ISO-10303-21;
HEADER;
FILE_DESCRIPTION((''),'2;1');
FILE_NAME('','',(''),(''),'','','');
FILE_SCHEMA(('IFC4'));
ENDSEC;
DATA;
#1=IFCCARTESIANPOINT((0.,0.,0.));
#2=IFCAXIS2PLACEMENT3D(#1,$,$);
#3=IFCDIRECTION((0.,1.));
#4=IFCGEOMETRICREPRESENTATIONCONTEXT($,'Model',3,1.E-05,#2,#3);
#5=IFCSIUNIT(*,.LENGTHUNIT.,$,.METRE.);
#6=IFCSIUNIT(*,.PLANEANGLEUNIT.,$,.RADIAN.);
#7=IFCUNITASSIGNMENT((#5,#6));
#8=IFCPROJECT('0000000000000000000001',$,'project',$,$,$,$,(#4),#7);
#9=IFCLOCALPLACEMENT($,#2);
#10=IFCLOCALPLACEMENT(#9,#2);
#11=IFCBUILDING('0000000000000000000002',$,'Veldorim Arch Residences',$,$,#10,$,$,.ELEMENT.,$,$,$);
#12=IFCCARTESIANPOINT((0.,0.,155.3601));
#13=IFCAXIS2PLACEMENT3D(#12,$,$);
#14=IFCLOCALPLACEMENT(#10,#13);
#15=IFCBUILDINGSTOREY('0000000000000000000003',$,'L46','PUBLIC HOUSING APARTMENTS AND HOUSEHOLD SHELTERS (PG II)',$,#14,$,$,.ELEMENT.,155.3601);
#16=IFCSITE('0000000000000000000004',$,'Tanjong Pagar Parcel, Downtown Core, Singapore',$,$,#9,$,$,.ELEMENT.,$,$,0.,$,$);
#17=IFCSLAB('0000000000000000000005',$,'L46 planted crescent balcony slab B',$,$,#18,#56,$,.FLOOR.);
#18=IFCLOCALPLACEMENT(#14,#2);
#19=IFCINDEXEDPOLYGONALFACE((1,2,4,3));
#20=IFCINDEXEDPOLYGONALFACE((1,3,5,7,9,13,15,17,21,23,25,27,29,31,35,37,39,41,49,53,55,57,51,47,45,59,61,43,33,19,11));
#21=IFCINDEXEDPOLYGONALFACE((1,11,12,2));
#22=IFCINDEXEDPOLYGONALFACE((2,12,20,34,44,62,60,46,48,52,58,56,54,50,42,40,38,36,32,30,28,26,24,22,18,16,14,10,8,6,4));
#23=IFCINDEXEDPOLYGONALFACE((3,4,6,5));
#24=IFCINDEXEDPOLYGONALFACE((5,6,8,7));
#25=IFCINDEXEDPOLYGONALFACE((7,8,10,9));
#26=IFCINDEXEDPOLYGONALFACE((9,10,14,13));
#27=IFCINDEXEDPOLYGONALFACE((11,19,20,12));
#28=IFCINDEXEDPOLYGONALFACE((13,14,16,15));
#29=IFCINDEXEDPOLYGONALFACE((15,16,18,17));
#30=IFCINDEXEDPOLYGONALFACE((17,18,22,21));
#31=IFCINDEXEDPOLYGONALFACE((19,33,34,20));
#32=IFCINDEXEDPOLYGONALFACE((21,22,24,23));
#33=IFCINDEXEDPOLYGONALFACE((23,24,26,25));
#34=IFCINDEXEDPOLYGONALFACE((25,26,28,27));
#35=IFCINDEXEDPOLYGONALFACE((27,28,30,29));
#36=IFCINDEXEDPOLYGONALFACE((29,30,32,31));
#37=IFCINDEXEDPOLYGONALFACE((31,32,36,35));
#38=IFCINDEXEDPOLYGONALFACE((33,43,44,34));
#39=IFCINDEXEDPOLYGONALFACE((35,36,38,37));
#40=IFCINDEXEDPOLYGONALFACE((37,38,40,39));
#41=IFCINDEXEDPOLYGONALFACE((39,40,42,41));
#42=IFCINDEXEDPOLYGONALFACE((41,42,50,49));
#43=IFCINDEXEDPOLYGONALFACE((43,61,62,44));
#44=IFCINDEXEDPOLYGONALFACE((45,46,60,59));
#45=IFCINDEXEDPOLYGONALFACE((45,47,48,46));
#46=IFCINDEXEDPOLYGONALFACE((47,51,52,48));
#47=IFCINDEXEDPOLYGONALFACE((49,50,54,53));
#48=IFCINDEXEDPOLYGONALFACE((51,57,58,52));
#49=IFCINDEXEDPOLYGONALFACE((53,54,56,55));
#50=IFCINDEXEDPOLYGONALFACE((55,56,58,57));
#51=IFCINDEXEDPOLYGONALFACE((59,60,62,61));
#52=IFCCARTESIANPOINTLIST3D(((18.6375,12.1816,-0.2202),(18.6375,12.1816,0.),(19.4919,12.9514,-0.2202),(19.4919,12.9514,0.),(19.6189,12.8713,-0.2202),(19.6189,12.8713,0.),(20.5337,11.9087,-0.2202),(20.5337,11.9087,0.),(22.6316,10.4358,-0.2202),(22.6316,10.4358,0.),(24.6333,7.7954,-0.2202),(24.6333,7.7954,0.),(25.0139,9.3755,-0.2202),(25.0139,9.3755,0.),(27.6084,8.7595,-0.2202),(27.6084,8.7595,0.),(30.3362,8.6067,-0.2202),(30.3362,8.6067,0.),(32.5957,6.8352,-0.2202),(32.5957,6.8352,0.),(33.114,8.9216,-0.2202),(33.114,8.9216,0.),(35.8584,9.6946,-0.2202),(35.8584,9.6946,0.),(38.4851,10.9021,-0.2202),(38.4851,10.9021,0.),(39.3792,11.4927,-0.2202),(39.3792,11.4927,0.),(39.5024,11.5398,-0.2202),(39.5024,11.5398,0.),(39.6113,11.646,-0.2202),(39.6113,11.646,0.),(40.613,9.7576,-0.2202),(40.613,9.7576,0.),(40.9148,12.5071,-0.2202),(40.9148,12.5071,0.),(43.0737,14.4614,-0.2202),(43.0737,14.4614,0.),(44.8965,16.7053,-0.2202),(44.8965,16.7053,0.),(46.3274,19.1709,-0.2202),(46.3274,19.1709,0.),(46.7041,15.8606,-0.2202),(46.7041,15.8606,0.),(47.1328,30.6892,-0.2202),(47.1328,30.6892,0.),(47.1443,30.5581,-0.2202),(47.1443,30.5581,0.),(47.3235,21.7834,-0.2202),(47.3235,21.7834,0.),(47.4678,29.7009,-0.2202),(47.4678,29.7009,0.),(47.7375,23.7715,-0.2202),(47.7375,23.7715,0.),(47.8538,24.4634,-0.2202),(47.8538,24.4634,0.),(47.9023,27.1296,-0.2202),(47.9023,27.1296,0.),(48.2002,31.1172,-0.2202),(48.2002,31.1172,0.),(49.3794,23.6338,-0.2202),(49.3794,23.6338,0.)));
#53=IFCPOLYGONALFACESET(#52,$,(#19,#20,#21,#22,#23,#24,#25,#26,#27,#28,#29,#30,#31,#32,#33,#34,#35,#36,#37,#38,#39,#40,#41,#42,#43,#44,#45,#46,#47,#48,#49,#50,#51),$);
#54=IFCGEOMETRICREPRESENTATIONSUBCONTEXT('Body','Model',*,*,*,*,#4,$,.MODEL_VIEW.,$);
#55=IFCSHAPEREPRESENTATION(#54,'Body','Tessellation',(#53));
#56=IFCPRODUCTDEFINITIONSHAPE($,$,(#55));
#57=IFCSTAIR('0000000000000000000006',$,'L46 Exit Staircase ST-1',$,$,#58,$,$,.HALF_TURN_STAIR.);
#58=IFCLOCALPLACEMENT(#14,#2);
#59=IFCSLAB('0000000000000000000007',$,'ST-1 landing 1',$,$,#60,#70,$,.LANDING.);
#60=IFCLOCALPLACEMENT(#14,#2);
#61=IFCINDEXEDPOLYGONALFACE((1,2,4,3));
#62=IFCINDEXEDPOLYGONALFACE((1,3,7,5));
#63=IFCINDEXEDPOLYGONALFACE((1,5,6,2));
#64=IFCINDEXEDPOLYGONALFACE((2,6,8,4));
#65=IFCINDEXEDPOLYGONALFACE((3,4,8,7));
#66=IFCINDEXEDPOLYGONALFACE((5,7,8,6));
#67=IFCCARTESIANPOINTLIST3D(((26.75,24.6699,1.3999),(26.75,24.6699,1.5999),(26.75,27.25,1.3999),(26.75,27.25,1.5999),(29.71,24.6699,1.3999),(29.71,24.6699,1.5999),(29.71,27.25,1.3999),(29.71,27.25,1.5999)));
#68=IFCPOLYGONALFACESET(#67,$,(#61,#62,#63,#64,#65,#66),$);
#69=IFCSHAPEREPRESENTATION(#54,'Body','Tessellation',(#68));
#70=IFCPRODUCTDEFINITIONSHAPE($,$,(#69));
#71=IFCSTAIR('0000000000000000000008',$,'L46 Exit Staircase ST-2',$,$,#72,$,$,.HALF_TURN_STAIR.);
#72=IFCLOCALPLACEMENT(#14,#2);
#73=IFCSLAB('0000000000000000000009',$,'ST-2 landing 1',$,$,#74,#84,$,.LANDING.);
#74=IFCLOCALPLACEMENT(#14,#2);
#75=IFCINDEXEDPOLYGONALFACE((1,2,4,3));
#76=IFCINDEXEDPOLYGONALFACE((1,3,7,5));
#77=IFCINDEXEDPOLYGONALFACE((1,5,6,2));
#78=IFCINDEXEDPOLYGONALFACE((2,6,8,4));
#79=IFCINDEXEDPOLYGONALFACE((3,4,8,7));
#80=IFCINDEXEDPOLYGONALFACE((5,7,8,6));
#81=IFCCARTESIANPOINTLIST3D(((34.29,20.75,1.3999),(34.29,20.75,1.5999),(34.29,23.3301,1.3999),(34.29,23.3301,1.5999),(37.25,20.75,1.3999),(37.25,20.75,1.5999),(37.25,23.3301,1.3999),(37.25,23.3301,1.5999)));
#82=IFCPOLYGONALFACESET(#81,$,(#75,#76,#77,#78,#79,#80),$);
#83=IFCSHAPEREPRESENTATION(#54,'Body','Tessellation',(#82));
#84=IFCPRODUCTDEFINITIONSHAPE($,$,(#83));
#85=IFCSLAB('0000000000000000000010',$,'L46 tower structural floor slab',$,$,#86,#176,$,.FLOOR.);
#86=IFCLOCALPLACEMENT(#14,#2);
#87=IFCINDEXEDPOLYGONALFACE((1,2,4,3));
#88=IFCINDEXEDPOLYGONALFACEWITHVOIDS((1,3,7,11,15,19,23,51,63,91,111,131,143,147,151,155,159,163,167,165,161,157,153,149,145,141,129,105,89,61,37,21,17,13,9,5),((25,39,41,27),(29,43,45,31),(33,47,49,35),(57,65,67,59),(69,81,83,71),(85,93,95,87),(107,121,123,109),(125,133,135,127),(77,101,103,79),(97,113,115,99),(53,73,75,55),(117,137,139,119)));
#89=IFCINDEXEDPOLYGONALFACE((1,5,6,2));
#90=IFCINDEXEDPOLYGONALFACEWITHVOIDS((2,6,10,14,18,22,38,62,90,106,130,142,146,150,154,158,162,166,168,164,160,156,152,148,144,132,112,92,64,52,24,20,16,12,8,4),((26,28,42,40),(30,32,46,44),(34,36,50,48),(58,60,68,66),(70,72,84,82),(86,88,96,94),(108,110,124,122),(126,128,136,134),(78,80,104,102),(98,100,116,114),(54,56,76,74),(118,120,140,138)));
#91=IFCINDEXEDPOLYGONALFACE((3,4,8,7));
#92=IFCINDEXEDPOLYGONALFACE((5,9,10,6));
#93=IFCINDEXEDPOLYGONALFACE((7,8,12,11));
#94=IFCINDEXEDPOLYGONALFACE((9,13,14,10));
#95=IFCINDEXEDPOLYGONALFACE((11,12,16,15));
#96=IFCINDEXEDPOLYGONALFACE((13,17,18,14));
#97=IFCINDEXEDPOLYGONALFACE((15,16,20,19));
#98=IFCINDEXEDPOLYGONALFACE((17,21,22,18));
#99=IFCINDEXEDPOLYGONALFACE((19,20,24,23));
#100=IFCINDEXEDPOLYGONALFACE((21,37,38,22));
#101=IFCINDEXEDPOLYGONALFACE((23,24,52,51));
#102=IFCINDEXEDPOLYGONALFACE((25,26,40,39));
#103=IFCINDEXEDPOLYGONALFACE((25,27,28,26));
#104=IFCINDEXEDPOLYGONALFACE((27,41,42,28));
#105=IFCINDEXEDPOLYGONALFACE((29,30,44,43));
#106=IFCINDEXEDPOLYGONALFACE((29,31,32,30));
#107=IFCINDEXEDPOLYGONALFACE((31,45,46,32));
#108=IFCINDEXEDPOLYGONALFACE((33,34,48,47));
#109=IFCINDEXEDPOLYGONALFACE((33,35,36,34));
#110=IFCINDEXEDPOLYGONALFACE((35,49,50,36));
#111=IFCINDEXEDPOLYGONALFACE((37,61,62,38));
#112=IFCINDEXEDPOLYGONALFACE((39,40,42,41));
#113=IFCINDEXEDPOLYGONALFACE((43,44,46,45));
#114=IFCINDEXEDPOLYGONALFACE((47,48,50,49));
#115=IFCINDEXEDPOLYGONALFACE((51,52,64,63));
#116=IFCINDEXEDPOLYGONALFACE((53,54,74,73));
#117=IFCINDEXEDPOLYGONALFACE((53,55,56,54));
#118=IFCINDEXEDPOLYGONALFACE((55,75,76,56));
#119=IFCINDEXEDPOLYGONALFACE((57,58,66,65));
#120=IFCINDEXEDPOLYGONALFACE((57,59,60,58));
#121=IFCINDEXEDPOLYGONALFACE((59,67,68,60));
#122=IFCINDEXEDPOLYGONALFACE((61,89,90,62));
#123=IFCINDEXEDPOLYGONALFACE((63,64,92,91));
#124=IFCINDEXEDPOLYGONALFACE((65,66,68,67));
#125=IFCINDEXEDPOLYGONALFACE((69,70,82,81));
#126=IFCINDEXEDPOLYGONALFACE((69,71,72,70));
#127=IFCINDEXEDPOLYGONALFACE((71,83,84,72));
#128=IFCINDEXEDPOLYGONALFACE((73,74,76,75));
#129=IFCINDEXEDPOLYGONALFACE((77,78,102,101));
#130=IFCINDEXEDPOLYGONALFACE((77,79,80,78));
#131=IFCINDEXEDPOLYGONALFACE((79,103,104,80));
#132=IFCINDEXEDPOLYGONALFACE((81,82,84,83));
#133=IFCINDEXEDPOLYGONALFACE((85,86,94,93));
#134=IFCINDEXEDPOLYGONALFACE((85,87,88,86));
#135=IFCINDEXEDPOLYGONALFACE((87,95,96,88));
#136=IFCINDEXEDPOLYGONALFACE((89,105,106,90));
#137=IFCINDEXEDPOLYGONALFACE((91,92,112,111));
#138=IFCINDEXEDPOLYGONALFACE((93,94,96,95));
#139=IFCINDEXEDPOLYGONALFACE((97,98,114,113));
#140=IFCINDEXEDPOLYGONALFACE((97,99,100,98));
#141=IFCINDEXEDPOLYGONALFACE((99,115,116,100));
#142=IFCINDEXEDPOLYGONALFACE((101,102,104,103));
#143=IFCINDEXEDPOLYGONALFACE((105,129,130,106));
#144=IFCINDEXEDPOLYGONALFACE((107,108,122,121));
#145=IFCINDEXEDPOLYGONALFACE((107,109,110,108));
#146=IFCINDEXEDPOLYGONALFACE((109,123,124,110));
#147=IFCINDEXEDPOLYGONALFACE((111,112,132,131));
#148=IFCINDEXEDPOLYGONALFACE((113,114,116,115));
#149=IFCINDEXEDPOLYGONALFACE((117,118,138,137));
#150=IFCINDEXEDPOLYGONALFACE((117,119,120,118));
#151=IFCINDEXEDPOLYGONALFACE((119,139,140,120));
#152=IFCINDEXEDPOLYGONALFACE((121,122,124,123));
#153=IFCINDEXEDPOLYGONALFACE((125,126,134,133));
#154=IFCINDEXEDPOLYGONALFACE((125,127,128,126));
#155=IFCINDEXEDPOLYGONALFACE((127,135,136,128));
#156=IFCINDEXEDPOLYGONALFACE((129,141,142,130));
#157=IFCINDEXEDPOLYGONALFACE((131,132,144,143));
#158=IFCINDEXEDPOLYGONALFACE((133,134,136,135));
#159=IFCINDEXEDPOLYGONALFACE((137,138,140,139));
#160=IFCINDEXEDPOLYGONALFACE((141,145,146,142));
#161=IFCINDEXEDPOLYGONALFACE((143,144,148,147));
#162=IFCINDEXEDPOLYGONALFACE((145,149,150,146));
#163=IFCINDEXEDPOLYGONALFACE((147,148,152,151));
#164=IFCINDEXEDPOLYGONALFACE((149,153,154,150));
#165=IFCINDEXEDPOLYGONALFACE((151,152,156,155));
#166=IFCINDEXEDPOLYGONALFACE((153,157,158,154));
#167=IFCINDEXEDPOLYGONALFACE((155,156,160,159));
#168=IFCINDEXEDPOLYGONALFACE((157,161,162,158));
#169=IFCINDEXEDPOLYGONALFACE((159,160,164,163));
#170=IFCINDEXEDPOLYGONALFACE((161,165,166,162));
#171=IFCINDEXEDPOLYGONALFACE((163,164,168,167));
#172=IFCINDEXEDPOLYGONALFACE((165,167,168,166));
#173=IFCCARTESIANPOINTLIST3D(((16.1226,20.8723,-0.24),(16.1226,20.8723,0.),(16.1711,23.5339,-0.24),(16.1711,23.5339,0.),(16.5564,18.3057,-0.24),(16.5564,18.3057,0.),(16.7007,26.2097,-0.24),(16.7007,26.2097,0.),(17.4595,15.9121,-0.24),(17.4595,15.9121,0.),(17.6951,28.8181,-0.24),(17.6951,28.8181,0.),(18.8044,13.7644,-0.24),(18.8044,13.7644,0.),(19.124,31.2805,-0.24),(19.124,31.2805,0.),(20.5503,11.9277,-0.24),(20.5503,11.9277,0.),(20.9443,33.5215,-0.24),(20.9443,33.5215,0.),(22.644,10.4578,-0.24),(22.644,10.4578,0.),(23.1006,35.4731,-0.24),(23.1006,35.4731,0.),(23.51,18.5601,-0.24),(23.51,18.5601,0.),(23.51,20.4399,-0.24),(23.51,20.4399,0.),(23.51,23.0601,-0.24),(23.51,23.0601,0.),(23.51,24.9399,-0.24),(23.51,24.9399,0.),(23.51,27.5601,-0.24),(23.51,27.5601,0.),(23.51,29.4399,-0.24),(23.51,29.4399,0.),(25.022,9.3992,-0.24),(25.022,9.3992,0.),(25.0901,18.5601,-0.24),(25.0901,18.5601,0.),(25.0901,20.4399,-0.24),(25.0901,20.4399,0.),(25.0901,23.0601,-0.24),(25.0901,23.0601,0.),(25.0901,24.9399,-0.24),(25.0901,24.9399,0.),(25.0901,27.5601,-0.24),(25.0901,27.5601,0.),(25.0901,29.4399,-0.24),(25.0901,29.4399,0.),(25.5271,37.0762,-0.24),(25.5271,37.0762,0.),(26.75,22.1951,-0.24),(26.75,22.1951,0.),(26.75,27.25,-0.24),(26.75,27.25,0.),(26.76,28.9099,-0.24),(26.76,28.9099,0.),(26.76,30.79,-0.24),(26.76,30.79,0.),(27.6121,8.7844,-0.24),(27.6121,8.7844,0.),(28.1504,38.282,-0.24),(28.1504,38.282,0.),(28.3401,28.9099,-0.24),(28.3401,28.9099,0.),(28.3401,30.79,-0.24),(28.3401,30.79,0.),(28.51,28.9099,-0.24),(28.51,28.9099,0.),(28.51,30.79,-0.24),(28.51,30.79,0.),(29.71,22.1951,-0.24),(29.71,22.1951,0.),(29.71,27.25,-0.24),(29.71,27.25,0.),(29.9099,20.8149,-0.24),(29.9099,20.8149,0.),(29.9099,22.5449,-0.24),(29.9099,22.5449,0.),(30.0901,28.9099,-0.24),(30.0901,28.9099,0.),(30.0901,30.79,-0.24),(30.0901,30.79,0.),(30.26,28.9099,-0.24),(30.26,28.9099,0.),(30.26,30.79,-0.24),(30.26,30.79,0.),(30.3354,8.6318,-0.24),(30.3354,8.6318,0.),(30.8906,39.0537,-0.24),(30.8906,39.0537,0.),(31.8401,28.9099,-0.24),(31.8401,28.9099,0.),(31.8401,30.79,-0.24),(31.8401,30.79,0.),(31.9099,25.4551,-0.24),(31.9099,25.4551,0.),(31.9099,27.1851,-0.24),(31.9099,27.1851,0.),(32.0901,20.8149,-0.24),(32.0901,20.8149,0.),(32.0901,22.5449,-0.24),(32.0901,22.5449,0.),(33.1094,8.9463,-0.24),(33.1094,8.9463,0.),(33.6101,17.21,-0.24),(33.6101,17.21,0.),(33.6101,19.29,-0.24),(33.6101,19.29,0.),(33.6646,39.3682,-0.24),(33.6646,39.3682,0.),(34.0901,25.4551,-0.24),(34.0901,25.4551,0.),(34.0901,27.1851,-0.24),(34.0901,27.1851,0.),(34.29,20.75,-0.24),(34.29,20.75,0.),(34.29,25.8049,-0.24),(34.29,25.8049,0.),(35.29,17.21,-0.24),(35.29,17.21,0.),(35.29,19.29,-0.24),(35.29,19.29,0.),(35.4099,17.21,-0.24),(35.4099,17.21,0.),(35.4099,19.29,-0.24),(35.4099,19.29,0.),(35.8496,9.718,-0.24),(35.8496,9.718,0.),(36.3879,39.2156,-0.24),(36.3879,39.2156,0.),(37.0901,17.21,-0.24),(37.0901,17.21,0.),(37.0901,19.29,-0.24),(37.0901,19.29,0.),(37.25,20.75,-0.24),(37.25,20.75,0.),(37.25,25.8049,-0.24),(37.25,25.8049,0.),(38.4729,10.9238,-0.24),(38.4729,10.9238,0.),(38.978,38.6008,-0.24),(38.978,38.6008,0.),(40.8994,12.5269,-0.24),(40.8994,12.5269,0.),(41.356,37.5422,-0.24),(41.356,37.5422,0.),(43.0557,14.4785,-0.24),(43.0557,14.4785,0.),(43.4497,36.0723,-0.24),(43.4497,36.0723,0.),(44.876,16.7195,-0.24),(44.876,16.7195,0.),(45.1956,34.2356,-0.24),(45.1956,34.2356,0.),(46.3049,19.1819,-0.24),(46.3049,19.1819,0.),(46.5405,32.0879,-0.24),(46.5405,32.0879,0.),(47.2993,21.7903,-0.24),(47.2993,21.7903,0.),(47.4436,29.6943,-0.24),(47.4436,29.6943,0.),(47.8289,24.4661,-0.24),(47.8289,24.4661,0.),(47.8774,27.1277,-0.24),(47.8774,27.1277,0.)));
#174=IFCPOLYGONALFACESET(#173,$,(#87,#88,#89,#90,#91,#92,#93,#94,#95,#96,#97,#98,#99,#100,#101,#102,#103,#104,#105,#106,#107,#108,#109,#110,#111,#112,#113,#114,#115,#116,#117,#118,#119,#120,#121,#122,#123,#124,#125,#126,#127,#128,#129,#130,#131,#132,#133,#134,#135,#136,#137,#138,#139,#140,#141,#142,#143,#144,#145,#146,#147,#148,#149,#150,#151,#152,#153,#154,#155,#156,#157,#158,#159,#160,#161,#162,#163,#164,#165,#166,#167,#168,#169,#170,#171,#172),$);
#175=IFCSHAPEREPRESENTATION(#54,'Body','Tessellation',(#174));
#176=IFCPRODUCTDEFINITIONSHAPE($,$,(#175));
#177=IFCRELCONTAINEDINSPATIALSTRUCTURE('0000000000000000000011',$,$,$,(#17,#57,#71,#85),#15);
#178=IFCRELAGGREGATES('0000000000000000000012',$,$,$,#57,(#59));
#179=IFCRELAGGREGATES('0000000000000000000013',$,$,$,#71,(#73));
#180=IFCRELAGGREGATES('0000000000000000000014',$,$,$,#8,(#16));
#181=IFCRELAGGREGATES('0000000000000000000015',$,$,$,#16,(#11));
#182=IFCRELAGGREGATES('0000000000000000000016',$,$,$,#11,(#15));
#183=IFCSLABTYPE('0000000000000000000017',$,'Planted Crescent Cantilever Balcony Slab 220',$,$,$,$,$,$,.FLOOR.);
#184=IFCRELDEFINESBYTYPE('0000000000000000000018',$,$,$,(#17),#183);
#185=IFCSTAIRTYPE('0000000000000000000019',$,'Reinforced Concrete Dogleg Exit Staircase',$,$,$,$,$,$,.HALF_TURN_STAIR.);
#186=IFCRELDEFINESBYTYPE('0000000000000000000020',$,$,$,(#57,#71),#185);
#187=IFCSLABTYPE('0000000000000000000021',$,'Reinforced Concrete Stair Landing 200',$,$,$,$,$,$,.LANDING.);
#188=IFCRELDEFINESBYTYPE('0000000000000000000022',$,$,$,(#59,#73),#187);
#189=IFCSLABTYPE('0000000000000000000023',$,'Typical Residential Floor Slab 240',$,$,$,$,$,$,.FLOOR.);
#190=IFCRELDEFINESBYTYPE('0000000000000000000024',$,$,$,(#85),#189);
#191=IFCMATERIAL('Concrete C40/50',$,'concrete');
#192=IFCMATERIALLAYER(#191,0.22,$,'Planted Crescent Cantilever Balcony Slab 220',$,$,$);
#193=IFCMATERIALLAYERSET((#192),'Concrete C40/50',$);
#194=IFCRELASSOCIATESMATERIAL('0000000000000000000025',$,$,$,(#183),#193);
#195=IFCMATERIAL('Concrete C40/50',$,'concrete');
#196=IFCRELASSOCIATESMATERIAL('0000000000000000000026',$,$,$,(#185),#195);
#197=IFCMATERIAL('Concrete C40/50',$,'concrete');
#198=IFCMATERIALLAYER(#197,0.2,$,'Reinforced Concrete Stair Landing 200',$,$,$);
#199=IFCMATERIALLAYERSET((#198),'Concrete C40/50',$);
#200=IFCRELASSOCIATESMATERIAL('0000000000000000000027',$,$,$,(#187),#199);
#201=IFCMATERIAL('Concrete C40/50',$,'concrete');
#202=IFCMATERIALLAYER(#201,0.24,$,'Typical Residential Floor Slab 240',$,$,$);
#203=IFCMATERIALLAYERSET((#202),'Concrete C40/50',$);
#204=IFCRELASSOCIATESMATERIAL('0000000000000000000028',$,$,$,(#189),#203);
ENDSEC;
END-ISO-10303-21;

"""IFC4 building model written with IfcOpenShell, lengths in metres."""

from ifc_helpers import new_model, si_unit, direction, frame, origin, place, context, subcontext, project, spatial, polyline, outline, extrude, material, layer, layer_set, type_object, element, aggregate, save


model = new_model("IFC4")

# Units and contexts
model_context = context("Model", 3, precision=1e-05, world=origin(), true_north=direction((0.0, 1.0)))
body_context = subcontext(model_context, "Body", "Model", "MODEL_VIEW")
ifc_project = project(units=[si_unit("LENGTHUNIT", "METRE"), si_unit("PLANEANGLEUNIT", "RADIAN")], contexts=[model_context])

# Site, building, storey
site_placement = place(None, origin())
site = spatial("IfcSite", under=ifc_project, at=site_placement, Name="Tanjong Pagar Parcel, Downtown Core, Singapore", CompositionType="ELEMENT", RefElevation=0.0)
building_placement = place(site_placement, origin())
building = spatial("IfcBuilding", under=site, at=building_placement, Name="Veldorim Arch Residences", CompositionType="ELEMENT")
storey_placement = place(building_placement, frame((0.0, 0.0, 155.3601)))
storey = spatial("IfcBuildingStorey", under=building, at=storey_placement, Name="L46", Description="PUBLIC HOUSING APARTMENTS AND HOUSEHOLD SHELTERS (PG II)", CompositionType="ELEMENT", Elevation=155.3601)

# Slab
ifc_material_1 = material(Name="Concrete C40/50", Category="concrete")
ifc_layer_1 = layer(ifc_material_1, 0.22, Name="Planted Crescent Cantilever Balcony Slab 220")
ifc_layer_set_1 = layer_set([ifc_layer_1], Name="Concrete C40/50")
slab_type_1 = type_object("IfcSlabType", Name="Planted Crescent Cantilever Balcony Slab 220", PredefinedType="FLOOR", material=ifc_layer_set_1)
slab_1_placement = place(storey_placement, frame((0.0, 0.0, -0.2202)))
element("IfcSlab", 1, at=slab_1_placement, inside=storey, type_object=slab_type_1, Name="L46 planted crescent balcony slab B", PredefinedType="FLOOR", context=body_context, shape_type="SweptSolid", body=[
    extrude(outline(polyline([(19.6189, 12.8713), (20.5337, 11.9087), (22.6316, 10.4358), (25.0139, 9.3755), (27.6084, 8.7595), (30.3362, 8.6067), (33.114, 8.9216), (35.8584, 9.6946), (38.4851, 10.9021), (39.3792, 11.4927), (39.5024, 11.5398), (39.6113, 11.646), (40.9148, 12.5071), (43.0737, 14.4614), (44.8965, 16.7053), (46.3274, 19.1709), (47.3235, 21.7834), (47.7375, 23.7715), (47.8538, 24.4634), (47.9023, 27.1296), (47.4678, 29.7009), (47.1443, 30.5581), (47.1328, 30.6892), (48.2002, 31.1172), (49.3794, 23.6338), (46.7041, 15.8606), (40.613, 9.7576), (32.5957, 6.8352), (24.6333, 7.7954), (18.6375, 12.1816), (19.4919, 12.9514), (19.6189, 12.8713)])), origin(), (0.0, 0.0, 1.0), 0.2202),
])

# Stairs, slabs
ifc_material_2 = material(Name="Concrete C40/50", Category="concrete")
stair_type = type_object("IfcStairType", Name="Reinforced Concrete Dogleg Exit Staircase", PredefinedType="HALF_TURN_STAIR", material=ifc_material_2)
stair_1_placement = place(storey_placement, origin())
stair_1 = element("IfcStair", 2, at=stair_1_placement, inside=storey, type_object=stair_type, Name="L46 Exit Staircase ST-1", PredefinedType="HALF_TURN_STAIR")
ifc_material_3 = material(Name="Concrete C40/50", Category="concrete")
ifc_layer_2 = layer(ifc_material_3, 0.2, Name="Reinforced Concrete Stair Landing 200")
ifc_layer_set_2 = layer_set([ifc_layer_2], Name="Concrete C40/50")
slab_type_2 = type_object("IfcSlabType", Name="Reinforced Concrete Stair Landing 200", PredefinedType="LANDING", material=ifc_layer_set_2)
slab_2_placement = place(storey_placement, frame((0.0, 0.0, 1.3999)))
slab_2 = element("IfcSlab", 3, at=slab_2_placement, type_object=slab_type_2, Name="ST-1 landing 1", PredefinedType="LANDING", context=body_context, shape_type="SweptSolid", body=[
    extrude(outline(polyline([(29.71, 24.6699), (29.71, 27.25), (26.75, 27.25), (26.75, 24.6699), (29.71, 24.6699)])), origin(), (0.0, 0.0, 1.0), 0.2),
])
aggregate(stair_1, [slab_2])
stair_2_placement = place(storey_placement, origin())
stair_2 = element("IfcStair", 4, at=stair_2_placement, inside=storey, type_object=stair_type, Name="L46 Exit Staircase ST-2", PredefinedType="HALF_TURN_STAIR")
slab_3_placement = place(storey_placement, frame((0.0, 0.0, 1.3999)))
slab_3 = element("IfcSlab", 5, at=slab_3_placement, type_object=slab_type_2, Name="ST-2 landing 1", PredefinedType="LANDING", context=body_context, shape_type="SweptSolid", body=[
    extrude(outline(polyline([(34.29, 23.3301), (34.29, 20.75), (37.25, 20.75), (37.25, 23.3301), (34.29, 23.3301)])), origin(), (0.0, 0.0, 1.0), 0.2),
])
aggregate(stair_2, [slab_3])

# Slab
ifc_material_4 = material(Name="Concrete C40/50", Category="concrete")
ifc_layer_3 = layer(ifc_material_4, 0.24, Name="Typical Residential Floor Slab 240")
ifc_layer_set_3 = layer_set([ifc_layer_3], Name="Concrete C40/50")
slab_type_3 = type_object("IfcSlabType", Name="Typical Residential Floor Slab 240", PredefinedType="FLOOR", material=ifc_layer_set_3)
slab_4_placement = place(storey_placement, frame((0.0, 0.0, -0.24)))
element("IfcSlab", 6, at=slab_4_placement, inside=storey, type_object=slab_type_3, Name="L46 tower structural floor slab", PredefinedType="FLOOR", context=body_context, shape_type="SweptSolid", body=[
    extrude(outline(polyline([(45.1956, 34.2356), (43.4497, 36.0723), (41.356, 37.5422), (38.978, 38.6008), (36.3879, 39.2156), (33.6646, 39.3682), (30.8906, 39.0537), (28.1504, 38.282), (25.5271, 37.0762), (23.1006, 35.4731), (20.9443, 33.5215), (19.124, 31.2805), (17.6951, 28.8181), (16.7007, 26.2097), (16.1711, 23.5339), (16.1226, 20.8723), (16.5564, 18.3057), (17.4595, 15.9121), (18.8044, 13.7644), (20.5503, 11.9277), (22.644, 10.4578), (25.022, 9.3992), (27.6121, 8.7844), (30.3354, 8.6318), (33.1094, 8.9463), (35.8496, 9.718), (38.4729, 10.9238), (40.8994, 12.5269), (43.0557, 14.4785), (44.876, 16.7195), (46.3049, 19.1819), (47.2993, 21.7903), (47.8289, 24.4661), (47.8774, 27.1277), (47.4436, 29.6943), (46.5405, 32.0879), (45.1956, 34.2356)]), holes=[polyline([(23.51, 18.5601), (23.51, 20.4399), (25.0901, 20.4399), (25.0901, 18.5601), (23.51, 18.5601)]), polyline([(23.51, 24.9399), (25.0901, 24.9399), (25.0901, 23.0601), (23.51, 23.0601), (23.51, 24.9399)]), polyline([(26.75, 27.25), (29.71, 27.25), (29.71, 22.1951), (26.75, 22.1951), (26.75, 27.25)]), polyline([(23.51, 27.5601), (23.51, 29.4399), (25.0901, 29.4399), (25.0901, 27.5601), (23.51, 27.5601)]), polyline([(26.76, 30.79), (28.3401, 30.79), (28.3401, 28.9099), (26.76, 28.9099), (26.76, 30.79)]), polyline([(28.51, 30.79), (30.0901, 30.79), (30.0901, 28.9099), (28.51, 28.9099), (28.51, 30.79)]), polyline([(33.6101, 17.21), (33.6101, 19.29), (35.29, 19.29), (35.29, 17.21), (33.6101, 17.21)]), polyline([(35.4099, 19.29), (37.0901, 19.29), (37.0901, 17.21), (35.4099, 17.21), (35.4099, 19.29)]), polyline([(29.9099, 22.5449), (32.0901, 22.5449), (32.0901, 20.8149), (29.9099, 20.8149), (29.9099, 22.5449)]), polyline([(34.29, 20.75), (34.29, 25.8049), (37.25, 25.8049), (37.25, 20.75), (34.29, 20.75)]), polyline([(31.9099, 27.1851), (34.0901, 27.1851), (34.0901, 25.4551), (31.9099, 25.4551), (31.9099, 27.1851)]), polyline([(30.26, 30.79), (31.8401, 30.79), (31.8401, 28.9099), (30.26, 28.9099), (30.26, 30.79)])]), origin(), (0.0, 0.0, 1.0), 0.24),
])

save(model, "model.ifc")
